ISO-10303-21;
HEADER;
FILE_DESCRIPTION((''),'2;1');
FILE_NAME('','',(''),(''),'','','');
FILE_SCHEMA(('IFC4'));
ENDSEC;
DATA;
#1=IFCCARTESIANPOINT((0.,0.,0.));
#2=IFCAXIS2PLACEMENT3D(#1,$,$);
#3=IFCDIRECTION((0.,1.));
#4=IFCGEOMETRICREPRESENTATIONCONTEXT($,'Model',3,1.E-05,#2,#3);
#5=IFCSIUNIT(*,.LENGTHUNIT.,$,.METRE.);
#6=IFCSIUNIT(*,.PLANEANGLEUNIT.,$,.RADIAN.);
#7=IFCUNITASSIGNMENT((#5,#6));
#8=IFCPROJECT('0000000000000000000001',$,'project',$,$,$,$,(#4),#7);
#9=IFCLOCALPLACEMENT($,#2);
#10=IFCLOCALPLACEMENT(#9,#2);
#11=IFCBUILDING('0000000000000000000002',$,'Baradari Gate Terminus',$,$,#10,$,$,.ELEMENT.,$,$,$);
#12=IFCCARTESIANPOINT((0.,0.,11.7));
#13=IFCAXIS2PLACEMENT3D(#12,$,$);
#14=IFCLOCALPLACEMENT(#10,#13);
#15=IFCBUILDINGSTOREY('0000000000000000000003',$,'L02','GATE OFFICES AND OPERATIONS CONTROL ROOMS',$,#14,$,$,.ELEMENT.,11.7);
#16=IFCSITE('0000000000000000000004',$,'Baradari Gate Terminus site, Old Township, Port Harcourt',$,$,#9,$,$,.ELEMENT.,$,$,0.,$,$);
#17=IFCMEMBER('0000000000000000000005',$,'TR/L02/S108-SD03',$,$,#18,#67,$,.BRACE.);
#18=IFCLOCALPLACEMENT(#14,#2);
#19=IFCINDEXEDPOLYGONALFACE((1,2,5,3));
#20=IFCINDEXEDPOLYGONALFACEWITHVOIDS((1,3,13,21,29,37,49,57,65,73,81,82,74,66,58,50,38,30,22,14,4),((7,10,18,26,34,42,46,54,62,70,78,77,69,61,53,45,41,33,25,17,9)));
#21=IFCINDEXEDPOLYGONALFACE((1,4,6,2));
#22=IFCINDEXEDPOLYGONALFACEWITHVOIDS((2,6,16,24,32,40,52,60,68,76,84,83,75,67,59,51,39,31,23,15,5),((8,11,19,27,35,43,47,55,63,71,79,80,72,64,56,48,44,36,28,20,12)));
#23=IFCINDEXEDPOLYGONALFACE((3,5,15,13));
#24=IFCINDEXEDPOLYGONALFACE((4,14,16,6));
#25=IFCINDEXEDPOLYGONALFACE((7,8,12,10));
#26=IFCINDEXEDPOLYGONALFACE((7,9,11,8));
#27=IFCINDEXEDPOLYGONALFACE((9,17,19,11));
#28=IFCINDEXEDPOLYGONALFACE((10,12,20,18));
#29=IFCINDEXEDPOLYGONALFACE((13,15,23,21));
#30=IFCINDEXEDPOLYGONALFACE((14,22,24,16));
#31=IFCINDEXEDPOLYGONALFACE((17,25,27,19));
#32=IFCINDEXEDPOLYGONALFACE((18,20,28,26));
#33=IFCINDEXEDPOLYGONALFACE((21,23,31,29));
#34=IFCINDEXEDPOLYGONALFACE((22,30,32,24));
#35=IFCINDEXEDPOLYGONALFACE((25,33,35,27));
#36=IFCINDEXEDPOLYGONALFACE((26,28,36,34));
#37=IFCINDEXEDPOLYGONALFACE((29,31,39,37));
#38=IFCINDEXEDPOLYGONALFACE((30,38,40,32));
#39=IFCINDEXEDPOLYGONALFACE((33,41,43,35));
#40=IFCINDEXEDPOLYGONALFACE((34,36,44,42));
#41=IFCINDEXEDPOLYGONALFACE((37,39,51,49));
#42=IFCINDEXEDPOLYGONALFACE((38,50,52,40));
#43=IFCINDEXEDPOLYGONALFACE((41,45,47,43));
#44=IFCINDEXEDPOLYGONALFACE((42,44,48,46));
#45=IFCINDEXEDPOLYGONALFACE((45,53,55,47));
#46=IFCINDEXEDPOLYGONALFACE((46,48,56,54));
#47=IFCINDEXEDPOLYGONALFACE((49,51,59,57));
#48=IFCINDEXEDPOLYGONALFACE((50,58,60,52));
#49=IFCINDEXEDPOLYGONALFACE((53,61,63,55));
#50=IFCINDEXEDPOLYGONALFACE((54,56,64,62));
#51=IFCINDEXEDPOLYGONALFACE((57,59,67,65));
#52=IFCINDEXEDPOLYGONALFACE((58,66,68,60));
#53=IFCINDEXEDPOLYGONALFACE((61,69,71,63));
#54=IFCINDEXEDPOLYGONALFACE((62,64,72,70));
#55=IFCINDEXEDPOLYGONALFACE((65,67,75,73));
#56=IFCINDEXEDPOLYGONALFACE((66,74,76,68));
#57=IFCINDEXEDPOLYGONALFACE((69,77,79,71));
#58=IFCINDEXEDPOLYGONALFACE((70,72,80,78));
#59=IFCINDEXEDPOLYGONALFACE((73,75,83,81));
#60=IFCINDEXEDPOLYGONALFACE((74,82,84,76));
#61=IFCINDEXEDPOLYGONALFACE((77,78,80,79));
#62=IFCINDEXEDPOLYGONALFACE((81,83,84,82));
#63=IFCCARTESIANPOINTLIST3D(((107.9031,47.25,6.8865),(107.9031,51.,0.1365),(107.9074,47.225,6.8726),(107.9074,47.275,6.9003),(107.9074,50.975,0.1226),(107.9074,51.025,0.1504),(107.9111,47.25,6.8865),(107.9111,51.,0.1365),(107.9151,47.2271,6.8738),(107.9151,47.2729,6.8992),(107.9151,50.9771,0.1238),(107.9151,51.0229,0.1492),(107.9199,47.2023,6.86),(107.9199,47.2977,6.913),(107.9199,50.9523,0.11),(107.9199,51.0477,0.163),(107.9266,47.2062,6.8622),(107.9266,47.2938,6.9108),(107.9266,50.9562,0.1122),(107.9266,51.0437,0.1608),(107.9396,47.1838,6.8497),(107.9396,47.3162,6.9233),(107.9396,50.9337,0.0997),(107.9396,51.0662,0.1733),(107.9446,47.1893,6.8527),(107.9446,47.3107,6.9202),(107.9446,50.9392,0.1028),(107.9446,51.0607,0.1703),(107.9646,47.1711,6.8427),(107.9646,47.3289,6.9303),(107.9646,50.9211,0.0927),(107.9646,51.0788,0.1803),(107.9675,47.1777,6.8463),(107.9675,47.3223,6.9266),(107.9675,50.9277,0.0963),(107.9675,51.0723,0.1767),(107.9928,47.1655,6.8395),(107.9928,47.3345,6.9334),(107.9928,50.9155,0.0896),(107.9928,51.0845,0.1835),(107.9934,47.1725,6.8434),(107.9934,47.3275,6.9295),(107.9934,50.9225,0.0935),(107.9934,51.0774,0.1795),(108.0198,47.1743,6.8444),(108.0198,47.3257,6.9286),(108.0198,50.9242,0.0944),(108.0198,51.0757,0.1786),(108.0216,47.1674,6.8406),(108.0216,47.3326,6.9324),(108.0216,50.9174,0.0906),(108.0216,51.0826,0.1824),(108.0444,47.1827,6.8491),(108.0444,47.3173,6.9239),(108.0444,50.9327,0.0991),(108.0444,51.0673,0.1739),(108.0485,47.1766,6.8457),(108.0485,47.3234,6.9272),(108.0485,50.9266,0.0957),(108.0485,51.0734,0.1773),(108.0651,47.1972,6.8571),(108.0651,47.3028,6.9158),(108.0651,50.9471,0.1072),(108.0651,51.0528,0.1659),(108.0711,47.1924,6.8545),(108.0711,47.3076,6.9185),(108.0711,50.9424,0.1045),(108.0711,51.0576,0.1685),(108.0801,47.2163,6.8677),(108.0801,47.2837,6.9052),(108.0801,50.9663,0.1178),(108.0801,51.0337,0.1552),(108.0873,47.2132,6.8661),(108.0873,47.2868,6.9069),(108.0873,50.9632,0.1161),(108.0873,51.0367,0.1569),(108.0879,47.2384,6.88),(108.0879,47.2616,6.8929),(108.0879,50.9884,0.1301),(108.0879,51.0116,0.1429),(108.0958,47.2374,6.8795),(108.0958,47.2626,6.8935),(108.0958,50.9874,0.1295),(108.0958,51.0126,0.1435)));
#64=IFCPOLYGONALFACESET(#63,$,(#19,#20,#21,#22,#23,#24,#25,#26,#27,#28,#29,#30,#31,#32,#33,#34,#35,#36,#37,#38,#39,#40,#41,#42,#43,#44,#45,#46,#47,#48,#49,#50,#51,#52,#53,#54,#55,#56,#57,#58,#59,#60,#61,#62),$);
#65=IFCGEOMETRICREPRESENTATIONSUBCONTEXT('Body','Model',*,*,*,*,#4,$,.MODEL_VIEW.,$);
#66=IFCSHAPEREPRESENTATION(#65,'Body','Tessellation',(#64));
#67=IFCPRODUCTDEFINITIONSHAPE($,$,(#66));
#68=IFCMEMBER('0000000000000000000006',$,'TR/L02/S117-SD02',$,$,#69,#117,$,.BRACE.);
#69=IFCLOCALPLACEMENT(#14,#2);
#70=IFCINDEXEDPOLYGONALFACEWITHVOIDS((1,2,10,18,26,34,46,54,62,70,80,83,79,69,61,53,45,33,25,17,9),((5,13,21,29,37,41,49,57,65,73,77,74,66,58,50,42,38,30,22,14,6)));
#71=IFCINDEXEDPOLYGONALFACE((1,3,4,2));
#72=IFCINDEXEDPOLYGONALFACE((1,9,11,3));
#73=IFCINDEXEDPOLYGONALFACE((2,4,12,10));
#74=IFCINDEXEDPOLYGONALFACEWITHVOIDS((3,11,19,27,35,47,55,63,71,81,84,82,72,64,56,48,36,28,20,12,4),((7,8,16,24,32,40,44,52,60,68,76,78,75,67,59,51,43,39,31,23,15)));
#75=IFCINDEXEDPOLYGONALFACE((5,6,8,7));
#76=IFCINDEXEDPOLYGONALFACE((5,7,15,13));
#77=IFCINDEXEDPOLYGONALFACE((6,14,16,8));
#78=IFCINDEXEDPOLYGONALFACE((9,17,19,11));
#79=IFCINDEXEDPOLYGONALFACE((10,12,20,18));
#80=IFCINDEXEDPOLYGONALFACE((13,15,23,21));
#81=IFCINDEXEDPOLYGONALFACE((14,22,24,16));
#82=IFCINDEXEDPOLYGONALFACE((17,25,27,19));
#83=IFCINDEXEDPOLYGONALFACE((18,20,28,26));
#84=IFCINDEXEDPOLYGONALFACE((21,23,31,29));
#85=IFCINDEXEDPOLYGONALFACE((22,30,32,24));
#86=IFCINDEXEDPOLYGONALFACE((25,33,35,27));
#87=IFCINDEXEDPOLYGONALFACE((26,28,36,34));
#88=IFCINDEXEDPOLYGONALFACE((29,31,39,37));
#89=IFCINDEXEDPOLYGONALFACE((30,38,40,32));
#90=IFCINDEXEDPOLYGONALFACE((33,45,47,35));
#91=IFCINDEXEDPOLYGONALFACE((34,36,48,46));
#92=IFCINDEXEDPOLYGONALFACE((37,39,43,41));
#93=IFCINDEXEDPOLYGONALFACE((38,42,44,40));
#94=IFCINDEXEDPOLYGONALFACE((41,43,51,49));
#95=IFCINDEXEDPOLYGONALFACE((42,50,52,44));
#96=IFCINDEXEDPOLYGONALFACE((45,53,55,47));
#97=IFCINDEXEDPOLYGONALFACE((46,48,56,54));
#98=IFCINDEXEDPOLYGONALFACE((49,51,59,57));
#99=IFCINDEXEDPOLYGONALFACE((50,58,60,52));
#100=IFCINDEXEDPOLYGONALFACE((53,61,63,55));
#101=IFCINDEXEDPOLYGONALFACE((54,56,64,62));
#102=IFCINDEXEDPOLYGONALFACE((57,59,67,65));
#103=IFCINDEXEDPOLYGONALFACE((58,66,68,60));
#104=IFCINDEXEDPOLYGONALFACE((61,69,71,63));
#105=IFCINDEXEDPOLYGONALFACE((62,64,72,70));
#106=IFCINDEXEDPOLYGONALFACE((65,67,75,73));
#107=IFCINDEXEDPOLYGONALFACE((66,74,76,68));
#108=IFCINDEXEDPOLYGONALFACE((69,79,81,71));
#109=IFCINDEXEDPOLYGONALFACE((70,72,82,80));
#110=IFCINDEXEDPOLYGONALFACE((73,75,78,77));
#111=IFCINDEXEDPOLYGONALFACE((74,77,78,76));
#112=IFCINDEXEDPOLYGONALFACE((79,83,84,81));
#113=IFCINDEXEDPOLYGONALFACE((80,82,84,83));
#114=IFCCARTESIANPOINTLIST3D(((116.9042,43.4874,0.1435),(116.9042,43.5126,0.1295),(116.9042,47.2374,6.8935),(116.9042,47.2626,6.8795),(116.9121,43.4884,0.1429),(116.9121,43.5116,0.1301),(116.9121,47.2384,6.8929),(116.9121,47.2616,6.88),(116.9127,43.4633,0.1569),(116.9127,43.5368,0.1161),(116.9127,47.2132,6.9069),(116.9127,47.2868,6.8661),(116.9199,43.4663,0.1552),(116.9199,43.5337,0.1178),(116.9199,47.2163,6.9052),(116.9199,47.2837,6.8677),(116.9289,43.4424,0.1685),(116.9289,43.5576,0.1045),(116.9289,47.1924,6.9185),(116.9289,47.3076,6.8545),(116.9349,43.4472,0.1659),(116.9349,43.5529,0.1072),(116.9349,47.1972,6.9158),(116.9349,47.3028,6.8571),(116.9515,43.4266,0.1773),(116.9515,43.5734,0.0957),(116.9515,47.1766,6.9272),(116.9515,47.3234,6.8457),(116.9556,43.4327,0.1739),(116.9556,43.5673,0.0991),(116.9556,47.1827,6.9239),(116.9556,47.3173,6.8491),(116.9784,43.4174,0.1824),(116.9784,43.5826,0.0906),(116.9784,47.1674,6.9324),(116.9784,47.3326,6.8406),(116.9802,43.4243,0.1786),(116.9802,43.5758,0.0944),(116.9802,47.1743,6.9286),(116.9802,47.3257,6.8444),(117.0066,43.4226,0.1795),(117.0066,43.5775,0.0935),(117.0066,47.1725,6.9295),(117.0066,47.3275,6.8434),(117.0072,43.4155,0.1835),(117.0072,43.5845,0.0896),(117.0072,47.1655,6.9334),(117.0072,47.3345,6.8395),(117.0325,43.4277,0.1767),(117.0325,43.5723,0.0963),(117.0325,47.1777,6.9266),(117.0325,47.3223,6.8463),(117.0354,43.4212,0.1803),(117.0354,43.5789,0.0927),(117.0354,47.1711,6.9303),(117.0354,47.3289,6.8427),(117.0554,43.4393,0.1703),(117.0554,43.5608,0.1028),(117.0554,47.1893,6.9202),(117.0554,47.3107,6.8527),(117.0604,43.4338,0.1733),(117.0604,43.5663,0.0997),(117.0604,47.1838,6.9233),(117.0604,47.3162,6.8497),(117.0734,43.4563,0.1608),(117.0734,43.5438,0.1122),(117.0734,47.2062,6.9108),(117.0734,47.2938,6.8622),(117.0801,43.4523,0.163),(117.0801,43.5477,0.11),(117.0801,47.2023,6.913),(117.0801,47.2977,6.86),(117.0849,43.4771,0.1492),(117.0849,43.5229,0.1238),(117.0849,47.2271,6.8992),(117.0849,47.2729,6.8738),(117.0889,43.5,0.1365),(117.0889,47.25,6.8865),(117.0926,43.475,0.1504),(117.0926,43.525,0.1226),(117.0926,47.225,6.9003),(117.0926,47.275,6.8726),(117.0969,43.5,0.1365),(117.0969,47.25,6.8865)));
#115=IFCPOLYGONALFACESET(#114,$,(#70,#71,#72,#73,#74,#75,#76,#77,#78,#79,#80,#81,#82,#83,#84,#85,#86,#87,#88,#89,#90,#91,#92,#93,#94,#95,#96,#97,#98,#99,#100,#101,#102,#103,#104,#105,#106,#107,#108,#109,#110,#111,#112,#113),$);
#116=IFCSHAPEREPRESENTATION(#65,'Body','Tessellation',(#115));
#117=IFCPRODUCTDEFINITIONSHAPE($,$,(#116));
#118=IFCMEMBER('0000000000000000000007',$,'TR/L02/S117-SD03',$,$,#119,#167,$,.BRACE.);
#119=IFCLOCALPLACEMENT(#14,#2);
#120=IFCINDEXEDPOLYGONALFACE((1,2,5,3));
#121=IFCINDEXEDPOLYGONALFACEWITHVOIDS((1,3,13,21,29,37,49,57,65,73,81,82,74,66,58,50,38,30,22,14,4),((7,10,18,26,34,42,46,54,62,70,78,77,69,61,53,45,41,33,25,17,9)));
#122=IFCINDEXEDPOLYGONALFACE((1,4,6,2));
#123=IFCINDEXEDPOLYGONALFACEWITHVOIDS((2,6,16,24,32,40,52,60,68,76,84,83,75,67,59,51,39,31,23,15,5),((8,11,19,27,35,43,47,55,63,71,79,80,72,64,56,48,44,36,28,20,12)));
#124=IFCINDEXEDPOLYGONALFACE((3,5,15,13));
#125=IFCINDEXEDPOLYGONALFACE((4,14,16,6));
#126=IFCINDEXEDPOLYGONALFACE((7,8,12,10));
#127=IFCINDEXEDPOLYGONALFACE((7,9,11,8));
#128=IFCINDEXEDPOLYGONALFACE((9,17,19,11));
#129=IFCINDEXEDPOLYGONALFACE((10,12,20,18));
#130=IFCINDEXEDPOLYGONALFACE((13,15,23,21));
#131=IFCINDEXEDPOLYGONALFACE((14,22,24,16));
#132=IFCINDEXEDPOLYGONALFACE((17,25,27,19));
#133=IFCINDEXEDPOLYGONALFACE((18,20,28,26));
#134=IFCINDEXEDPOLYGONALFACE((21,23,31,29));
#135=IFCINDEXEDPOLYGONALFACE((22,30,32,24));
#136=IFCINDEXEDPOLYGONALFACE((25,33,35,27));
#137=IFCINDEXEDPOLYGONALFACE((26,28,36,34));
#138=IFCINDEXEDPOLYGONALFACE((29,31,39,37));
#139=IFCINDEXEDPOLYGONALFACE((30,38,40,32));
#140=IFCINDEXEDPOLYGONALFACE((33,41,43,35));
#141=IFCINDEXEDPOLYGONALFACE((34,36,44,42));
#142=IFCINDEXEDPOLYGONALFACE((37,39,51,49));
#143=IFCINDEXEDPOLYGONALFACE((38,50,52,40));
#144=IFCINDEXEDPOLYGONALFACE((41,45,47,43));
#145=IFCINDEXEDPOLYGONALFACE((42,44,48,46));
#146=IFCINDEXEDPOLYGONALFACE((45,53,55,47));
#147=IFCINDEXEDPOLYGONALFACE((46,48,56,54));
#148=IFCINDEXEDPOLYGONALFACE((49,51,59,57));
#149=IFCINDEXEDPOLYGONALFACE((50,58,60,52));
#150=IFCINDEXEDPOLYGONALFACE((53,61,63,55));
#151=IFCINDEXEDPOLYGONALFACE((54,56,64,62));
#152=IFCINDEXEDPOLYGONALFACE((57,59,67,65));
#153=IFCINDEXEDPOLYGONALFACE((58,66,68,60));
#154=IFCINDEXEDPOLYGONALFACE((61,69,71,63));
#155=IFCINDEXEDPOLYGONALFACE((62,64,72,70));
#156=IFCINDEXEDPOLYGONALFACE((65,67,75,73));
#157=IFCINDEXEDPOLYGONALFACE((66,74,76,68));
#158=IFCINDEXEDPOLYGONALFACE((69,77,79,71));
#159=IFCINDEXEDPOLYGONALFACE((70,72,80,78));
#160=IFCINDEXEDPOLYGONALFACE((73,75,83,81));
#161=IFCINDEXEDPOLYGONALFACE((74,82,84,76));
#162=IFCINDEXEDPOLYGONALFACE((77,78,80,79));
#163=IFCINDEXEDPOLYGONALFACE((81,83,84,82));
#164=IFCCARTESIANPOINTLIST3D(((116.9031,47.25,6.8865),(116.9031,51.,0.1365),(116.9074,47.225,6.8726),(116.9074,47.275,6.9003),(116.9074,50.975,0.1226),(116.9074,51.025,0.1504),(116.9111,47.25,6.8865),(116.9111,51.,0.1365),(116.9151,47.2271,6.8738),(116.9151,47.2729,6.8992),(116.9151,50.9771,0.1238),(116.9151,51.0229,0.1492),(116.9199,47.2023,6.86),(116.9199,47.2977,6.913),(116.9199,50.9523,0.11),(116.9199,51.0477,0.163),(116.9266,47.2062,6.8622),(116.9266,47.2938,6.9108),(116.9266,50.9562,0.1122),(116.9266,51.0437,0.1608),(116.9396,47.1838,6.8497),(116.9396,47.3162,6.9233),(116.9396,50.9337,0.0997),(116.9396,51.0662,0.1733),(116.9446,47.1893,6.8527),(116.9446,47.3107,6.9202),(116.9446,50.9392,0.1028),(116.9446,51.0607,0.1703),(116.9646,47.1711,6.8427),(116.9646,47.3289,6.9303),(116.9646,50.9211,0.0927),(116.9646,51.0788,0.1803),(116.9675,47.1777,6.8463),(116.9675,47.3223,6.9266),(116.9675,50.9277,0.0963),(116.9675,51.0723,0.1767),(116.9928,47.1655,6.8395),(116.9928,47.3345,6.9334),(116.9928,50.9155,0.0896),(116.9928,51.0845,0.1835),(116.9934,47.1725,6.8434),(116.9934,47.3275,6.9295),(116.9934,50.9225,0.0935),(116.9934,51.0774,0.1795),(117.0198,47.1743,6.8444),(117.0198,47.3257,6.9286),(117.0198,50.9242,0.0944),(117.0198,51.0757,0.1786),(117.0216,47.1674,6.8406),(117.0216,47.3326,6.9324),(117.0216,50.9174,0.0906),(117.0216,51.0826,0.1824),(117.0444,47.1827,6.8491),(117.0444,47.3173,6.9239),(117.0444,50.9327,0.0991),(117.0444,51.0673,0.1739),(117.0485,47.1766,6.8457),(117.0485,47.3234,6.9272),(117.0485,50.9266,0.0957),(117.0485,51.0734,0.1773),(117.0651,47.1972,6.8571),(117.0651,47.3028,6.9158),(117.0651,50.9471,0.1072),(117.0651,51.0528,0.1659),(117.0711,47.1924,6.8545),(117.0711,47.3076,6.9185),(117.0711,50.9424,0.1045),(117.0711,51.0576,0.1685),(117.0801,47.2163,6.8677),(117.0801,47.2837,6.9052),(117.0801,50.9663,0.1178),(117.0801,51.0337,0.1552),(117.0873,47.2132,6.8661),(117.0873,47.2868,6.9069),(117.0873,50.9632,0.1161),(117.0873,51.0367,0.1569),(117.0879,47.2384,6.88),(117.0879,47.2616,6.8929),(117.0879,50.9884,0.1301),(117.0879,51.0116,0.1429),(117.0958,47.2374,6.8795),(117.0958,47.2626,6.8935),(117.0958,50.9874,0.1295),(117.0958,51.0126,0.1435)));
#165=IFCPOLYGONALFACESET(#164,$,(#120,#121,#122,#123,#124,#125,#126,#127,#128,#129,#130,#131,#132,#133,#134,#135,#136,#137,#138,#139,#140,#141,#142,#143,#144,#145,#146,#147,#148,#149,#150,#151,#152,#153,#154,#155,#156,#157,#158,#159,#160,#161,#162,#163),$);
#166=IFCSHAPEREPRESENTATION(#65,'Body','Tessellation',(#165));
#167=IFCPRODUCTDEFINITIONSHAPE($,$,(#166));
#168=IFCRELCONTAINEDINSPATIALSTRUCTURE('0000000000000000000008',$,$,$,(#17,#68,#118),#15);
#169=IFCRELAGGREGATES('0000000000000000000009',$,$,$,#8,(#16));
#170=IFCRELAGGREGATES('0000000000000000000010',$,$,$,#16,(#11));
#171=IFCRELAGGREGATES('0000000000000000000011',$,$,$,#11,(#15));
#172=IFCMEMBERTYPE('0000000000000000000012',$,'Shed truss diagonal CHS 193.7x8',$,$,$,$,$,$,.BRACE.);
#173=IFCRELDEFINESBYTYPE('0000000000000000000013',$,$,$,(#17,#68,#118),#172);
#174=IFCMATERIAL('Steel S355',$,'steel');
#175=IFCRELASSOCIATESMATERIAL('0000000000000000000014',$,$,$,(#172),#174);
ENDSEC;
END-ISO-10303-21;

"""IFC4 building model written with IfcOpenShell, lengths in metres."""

from ifc_helpers import new_model, si_unit, direction, frame, origin, origin_2d, place, context, subcontext, project, spatial, hollow_circle, extrude, material, material_profile, profile_set, type_object, element, save


model = new_model("IFC4")

# Units and contexts
model_context = context("Model", 3, precision=1e-05, world=origin(), true_north=direction((0.0, 1.0)))
body_context = subcontext(model_context, "Body", "Model", "MODEL_VIEW")
ifc_project = project(units=[si_unit("LENGTHUNIT", "METRE"), si_unit("PLANEANGLEUNIT", "RADIAN")], contexts=[model_context])

# Site, building, storey
site_placement = place(None, origin())
site = spatial("IfcSite", under=ifc_project, at=site_placement, Name="Baradari Gate Terminus site, Old Township, Port Harcourt", CompositionType="ELEMENT", RefElevation=0.0)
building_placement = place(site_placement, origin())
building = spatial("IfcBuilding", under=site, at=building_placement, Name="Baradari Gate Terminus", CompositionType="ELEMENT")
storey_placement = place(building_placement, frame((0.0, 0.0, 11.7)))
storey = spatial("IfcBuildingStorey", under=building, at=storey_placement, Name="L02", Description="GATE OFFICES AND OPERATIONS CONTROL ROOMS", CompositionType="ELEMENT", Elevation=11.7)

# Members
ifc_material_1 = material(Name="Steel S355", Category="steel")
ifc_material_profile_1 = material_profile(ifc_material_1, hollow_circle(Radius=0.0969, WallThickness=0.0081, at=origin_2d()), Name="CHS 193.7x8")
ifc_profile_set_1 = profile_set([ifc_material_profile_1], Name="Steel S355")
member_type_1 = type_object("IfcMemberType", Name="Shed truss diagonal CHS 193.7x8", PredefinedType="BRACE", material=ifc_profile_set_1)
for number, where, z_axis, x_axis, name in (
    (1, (108.0, 47.25, 6.8865), (0.0, 0.485643, -0.874157), (-1.0, 0.0, 0.0), "TR/L02/S108-SD03"),
    (2, (117.0, 47.25, 6.8865), (0.0, -0.485643, -0.874157), (1.0, 0.0, 0.0), "TR/L02/S117-SD02"),
    (3, (117.0, 47.25, 6.8865), (0.0, 0.485643, -0.874157), (-1.0, 0.0, 0.0), "TR/L02/S117-SD03"),
):
    element("IfcMember", number, at=place(storey_placement, frame(where, z_axis=z_axis, x_axis=x_axis)), inside=storey, type_object=member_type_1, Name=name, PredefinedType="BRACE", context=body_context, shape_type="SweptSolid", body=[
        extrude(hollow_circle(Radius=0.0969, WallThickness=0.0081, at=origin_2d()), origin(), (0.0, 0.0, 1.0), 7.7217),
    ])

save(model, "model.ifc")
